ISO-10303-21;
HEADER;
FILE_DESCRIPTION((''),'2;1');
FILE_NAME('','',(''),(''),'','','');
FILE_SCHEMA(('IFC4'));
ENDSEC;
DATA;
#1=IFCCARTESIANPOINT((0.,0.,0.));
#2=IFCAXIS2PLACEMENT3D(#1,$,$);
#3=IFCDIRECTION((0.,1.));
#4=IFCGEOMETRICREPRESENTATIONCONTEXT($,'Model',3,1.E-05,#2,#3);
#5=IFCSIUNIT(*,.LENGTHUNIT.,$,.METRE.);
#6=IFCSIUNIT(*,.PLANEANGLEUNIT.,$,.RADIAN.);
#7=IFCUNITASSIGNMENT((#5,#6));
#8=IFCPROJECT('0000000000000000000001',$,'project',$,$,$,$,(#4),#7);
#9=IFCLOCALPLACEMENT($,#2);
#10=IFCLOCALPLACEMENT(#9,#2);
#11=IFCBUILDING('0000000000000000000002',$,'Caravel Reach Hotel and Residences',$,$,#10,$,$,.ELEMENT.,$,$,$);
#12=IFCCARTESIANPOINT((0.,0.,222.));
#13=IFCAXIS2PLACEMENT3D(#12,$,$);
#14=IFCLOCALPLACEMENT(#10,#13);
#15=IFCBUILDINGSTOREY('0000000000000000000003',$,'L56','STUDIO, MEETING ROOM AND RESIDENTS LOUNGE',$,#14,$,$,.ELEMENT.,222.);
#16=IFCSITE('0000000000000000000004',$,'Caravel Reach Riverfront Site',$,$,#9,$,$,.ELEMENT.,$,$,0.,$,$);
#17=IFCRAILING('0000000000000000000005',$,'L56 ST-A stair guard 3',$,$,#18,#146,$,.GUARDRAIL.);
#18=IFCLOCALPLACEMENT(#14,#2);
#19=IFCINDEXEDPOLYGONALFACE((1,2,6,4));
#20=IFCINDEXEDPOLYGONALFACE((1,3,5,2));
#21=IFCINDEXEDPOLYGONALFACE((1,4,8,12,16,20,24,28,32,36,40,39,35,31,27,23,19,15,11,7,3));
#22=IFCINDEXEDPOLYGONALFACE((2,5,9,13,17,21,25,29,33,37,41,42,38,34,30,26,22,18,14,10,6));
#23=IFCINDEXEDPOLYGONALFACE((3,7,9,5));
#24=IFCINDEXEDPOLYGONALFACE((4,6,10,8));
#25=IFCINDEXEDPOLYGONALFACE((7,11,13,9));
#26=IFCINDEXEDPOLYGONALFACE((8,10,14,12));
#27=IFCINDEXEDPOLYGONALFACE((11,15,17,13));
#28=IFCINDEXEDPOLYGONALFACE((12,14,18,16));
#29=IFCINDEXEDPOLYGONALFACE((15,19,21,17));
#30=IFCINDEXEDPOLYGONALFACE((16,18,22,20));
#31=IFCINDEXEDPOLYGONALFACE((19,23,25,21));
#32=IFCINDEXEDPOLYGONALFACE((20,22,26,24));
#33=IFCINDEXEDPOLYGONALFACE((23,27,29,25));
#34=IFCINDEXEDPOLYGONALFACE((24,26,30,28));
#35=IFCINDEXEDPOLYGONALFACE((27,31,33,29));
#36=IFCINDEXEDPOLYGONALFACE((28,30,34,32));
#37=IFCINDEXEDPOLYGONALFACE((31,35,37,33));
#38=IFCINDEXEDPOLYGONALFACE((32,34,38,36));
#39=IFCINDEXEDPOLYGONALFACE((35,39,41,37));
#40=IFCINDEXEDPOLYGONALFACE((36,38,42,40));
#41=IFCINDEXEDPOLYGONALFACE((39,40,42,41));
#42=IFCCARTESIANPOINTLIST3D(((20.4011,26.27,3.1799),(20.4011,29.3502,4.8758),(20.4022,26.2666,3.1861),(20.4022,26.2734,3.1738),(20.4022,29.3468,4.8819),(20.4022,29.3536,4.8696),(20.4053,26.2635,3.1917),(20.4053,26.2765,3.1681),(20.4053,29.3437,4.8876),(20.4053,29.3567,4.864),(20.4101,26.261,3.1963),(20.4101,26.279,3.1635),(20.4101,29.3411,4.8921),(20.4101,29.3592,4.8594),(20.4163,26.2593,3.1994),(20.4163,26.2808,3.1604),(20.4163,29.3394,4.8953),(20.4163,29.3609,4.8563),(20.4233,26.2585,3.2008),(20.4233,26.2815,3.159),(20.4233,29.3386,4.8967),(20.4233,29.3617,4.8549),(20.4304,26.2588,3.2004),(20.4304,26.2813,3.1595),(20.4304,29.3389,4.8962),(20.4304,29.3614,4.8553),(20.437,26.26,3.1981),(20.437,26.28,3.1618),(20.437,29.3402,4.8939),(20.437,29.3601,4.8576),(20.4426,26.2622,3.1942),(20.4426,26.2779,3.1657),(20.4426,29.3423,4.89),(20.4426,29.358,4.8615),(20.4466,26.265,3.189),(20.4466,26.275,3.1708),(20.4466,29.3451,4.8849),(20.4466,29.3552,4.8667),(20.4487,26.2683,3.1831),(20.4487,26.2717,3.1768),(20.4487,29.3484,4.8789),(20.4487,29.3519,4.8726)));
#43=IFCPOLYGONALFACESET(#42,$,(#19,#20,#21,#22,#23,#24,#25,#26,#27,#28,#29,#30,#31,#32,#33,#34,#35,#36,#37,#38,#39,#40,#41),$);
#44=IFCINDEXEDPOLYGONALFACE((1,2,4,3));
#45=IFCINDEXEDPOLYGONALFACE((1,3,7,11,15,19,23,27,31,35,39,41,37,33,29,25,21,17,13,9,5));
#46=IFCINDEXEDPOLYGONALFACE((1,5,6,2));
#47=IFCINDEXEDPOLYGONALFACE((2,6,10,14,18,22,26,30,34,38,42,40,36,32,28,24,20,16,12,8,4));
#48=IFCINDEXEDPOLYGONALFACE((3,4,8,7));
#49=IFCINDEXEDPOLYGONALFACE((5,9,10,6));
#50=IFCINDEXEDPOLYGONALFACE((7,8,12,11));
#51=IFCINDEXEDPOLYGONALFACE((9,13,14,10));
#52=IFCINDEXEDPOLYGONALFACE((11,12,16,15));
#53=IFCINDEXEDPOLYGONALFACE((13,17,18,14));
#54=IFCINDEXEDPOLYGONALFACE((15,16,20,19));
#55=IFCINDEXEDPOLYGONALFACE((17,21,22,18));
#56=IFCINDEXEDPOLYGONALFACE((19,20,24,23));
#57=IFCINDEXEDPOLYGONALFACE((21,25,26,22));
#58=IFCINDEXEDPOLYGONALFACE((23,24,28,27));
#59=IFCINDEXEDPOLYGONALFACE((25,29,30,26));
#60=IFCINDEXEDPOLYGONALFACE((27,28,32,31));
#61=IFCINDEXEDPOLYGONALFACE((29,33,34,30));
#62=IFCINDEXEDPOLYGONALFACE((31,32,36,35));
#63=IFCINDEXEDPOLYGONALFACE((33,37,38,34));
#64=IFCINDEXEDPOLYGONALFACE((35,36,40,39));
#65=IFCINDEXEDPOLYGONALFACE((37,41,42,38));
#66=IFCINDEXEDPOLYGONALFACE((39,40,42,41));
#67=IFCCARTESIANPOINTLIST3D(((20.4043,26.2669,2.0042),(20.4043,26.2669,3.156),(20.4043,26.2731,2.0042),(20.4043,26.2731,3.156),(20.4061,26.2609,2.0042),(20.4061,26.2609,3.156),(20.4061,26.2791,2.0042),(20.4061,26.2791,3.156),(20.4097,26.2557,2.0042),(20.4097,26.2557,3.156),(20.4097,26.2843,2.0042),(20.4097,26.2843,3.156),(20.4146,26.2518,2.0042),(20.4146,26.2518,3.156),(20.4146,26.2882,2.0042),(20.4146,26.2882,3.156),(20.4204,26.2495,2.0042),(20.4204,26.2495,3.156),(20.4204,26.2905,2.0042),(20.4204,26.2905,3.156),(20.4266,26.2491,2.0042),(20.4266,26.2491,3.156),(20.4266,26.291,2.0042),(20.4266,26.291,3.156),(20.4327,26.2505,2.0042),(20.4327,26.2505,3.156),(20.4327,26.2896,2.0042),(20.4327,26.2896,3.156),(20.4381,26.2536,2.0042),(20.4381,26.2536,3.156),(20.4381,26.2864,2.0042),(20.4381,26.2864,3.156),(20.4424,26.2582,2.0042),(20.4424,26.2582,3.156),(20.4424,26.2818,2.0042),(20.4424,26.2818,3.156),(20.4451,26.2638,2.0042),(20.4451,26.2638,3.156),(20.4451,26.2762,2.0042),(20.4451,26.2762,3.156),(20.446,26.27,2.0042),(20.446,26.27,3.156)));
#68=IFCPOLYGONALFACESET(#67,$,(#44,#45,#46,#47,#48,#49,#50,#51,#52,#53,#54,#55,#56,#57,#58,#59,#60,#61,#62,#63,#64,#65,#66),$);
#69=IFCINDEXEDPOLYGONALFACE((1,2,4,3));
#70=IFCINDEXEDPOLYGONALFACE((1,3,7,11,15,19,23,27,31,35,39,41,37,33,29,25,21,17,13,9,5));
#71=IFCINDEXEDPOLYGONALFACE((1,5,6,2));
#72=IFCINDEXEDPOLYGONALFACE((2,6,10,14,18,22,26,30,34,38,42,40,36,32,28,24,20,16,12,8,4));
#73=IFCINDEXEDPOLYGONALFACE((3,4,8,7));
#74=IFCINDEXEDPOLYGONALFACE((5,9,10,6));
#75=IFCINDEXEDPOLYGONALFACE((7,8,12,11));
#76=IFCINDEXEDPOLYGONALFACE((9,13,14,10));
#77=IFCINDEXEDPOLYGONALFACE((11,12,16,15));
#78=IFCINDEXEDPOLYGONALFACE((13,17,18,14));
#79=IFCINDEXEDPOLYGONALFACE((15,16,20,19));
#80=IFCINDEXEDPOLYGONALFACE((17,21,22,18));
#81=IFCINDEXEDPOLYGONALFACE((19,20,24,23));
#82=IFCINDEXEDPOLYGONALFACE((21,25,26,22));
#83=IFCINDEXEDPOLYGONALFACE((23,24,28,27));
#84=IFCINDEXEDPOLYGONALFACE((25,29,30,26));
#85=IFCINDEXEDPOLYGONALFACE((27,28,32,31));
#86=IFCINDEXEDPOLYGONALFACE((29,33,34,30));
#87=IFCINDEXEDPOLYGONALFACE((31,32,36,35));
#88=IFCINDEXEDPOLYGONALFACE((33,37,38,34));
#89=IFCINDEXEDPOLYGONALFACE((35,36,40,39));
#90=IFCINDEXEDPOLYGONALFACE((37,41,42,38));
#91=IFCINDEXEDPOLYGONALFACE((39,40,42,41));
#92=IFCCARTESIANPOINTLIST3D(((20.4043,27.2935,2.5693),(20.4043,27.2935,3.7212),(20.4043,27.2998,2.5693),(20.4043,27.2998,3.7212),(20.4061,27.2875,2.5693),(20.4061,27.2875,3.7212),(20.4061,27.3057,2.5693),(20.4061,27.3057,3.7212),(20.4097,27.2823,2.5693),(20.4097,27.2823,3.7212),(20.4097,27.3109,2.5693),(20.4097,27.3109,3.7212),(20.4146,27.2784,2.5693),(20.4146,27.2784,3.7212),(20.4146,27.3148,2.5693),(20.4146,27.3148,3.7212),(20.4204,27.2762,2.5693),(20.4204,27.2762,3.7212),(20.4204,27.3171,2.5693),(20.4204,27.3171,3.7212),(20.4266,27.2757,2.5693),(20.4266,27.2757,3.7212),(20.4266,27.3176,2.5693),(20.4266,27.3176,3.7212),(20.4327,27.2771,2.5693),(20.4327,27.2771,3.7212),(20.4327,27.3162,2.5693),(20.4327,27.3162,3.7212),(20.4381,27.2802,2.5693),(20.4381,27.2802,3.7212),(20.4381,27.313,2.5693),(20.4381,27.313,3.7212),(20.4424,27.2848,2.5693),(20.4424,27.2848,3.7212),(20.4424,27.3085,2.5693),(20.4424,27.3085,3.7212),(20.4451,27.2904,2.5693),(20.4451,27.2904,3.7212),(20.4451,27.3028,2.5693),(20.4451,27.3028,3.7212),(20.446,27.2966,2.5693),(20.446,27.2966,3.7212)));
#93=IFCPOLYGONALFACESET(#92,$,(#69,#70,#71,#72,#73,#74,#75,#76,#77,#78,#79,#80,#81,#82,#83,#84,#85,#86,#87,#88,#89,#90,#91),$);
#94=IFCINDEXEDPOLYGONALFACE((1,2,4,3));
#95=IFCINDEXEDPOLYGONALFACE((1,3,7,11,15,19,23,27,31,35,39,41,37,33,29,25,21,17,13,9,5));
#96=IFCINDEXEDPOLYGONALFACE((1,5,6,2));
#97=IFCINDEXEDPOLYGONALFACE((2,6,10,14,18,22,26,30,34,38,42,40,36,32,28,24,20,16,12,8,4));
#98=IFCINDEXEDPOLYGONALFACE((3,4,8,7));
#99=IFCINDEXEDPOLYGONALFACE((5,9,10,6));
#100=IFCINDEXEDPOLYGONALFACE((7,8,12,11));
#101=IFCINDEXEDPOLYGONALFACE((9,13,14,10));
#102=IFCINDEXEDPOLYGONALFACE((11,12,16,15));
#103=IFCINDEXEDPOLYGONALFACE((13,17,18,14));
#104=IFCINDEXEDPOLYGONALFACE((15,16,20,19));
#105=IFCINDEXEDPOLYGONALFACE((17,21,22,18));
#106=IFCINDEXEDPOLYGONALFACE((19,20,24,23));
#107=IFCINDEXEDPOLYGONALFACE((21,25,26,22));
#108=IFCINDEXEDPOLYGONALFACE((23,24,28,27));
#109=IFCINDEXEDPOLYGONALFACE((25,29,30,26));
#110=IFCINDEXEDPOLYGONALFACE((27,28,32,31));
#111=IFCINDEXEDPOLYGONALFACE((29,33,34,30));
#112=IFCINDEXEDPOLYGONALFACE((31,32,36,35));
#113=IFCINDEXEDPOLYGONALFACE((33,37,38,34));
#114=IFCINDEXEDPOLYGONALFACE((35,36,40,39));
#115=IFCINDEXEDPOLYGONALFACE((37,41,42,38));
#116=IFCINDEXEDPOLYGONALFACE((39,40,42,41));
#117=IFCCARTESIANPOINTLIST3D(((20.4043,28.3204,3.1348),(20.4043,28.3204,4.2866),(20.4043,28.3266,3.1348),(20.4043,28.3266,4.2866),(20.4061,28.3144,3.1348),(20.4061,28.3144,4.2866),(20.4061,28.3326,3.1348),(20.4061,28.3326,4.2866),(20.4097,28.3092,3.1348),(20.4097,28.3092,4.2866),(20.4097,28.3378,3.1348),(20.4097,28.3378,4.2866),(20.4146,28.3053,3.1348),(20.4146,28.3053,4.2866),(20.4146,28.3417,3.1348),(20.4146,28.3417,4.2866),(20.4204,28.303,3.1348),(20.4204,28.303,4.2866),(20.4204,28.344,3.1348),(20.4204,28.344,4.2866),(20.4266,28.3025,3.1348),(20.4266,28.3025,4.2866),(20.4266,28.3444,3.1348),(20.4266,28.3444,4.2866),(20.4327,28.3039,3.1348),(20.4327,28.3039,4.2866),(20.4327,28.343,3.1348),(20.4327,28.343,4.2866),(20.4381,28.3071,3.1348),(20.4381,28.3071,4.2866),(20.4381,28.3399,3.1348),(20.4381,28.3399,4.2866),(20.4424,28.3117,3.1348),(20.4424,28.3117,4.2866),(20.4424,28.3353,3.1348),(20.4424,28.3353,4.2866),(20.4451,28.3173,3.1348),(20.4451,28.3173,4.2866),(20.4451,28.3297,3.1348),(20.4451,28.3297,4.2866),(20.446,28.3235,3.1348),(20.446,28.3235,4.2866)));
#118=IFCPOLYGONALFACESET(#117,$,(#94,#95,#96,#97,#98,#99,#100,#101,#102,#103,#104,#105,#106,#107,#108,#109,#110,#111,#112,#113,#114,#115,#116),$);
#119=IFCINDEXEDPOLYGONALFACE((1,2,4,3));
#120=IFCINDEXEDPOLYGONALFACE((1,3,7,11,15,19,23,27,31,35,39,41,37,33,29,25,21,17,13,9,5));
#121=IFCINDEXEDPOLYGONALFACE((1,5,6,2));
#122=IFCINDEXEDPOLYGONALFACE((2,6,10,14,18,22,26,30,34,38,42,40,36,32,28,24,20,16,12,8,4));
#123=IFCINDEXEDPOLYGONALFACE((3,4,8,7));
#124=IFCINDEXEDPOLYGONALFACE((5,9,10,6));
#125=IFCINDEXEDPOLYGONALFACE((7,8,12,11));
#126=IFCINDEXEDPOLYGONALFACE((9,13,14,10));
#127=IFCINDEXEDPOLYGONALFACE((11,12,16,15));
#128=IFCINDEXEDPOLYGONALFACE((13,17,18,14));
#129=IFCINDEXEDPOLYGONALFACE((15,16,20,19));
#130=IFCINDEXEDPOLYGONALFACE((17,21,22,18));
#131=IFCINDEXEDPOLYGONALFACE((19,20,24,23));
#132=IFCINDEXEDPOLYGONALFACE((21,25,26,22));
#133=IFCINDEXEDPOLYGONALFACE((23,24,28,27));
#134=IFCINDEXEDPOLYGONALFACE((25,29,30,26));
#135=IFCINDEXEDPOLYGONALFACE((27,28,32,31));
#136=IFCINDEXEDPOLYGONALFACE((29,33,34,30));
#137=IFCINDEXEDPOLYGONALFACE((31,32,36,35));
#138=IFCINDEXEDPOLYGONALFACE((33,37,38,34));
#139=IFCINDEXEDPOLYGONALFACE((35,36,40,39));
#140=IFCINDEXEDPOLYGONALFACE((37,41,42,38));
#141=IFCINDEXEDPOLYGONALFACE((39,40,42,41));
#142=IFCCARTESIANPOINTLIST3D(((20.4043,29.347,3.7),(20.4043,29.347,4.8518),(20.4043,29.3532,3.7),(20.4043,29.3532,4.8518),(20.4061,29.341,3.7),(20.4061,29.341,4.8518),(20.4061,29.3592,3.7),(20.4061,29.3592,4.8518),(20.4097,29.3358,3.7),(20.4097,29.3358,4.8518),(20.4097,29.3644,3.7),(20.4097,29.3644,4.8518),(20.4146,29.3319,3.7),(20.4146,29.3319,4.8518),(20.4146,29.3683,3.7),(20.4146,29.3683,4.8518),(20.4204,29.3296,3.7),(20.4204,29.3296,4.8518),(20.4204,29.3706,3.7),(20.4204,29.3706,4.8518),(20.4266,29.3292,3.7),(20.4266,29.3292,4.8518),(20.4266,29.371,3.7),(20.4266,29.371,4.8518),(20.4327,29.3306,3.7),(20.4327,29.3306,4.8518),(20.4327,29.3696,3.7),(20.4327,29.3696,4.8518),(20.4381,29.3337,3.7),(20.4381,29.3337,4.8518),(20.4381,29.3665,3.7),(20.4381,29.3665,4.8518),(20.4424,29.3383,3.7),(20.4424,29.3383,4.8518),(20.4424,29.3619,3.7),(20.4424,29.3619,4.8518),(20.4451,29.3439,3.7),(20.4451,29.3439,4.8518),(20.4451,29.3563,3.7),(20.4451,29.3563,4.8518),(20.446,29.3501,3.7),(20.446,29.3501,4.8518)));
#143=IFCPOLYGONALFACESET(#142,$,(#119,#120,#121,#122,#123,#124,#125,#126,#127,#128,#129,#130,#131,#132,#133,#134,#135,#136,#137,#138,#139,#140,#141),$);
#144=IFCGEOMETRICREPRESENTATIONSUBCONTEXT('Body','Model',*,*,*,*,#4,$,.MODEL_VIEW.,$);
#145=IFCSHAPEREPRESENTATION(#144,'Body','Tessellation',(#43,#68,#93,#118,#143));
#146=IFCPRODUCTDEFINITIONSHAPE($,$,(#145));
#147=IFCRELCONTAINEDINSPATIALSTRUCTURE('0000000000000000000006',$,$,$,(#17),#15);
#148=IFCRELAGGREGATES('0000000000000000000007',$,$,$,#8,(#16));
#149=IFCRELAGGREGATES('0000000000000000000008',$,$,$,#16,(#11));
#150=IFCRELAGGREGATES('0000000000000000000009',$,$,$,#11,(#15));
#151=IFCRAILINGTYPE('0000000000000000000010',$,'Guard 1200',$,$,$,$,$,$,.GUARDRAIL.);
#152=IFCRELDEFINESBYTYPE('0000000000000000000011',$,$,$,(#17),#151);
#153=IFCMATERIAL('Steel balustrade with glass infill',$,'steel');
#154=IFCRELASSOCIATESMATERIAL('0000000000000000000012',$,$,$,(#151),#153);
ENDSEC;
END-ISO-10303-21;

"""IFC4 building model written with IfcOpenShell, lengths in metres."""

from ifc_helpers import new_model, si_unit, direction, frame, origin, origin_2d, place, context, subcontext, project, spatial, circle, extrude, material, type_object, element, save


model = new_model("IFC4")

# Units and contexts
model_context = context("Model", 3, precision=1e-05, world=origin(), true_north=direction((0.0, 1.0)))
body_context = subcontext(model_context, "Body", "Model", "MODEL_VIEW")
ifc_project = project(units=[si_unit("LENGTHUNIT", "METRE"), si_unit("PLANEANGLEUNIT", "RADIAN")], contexts=[model_context])

# Site, building, storey
site_placement = place(None, origin())
site = spatial("IfcSite", under=ifc_project, at=site_placement, Name="Caravel Reach Riverfront Site", CompositionType="ELEMENT", RefElevation=0.0)
building_placement = place(site_placement, origin())
building = spatial("IfcBuilding", under=site, at=building_placement, Name="Caravel Reach Hotel and Residences", CompositionType="ELEMENT")
storey_placement = place(building_placement, frame((0.0, 0.0, 222.0)))
storey = spatial("IfcBuildingStorey", under=building, at=storey_placement, Name="L56", Description="STUDIO, MEETING ROOM AND RESIDENTS LOUNGE", CompositionType="ELEMENT", Elevation=222.0)

# Railing
ifc_material_1 = material(Name="Steel balustrade with glass infill", Category="steel")
railing_type_1 = type_object("IfcRailingType", Name="Guard 1200", PredefinedType="GUARDRAIL", material=ifc_material_1)
railing_1_placement = place(storey_placement, frame((20.425, 26.27, 2.0042)))
element("IfcRailing", 1, at=railing_1_placement, inside=storey, type_object=railing_type_1, Name="L56 ST-A stair guard 3", PredefinedType="GUARDRAIL", context=body_context, shape_type="SweptSolid", body=[
    extrude(circle(Radius=0.0239, at=origin_2d()), frame((0.0, 0.0, 1.1758), z_axis=(0.0, 0.876005, 0.482303), x_axis=(-1.0, 0.0, 0.0)), (0.0, 0.0, 1.0), 3.5161),
    extrude(circle(Radius=0.021, at=origin_2d()), origin(), (0.0, 0.0, 1.0), 1.1519),
    extrude(circle(Radius=0.021, at=origin_2d()), frame((0.0, 1.0266, 0.5652)), (0.0, 0.0, 1.0), 1.1519),
    extrude(circle(Radius=0.021, at=origin_2d()), frame((0.0, 2.0535, 1.1306)), (0.0, 0.0, 1.0), 1.1519),
    extrude(circle(Radius=0.021, at=origin_2d()), frame((0.0, 3.0801, 1.6958)), (0.0, 0.0, 1.0), 1.1519),
])

save(model, "model.ifc")
